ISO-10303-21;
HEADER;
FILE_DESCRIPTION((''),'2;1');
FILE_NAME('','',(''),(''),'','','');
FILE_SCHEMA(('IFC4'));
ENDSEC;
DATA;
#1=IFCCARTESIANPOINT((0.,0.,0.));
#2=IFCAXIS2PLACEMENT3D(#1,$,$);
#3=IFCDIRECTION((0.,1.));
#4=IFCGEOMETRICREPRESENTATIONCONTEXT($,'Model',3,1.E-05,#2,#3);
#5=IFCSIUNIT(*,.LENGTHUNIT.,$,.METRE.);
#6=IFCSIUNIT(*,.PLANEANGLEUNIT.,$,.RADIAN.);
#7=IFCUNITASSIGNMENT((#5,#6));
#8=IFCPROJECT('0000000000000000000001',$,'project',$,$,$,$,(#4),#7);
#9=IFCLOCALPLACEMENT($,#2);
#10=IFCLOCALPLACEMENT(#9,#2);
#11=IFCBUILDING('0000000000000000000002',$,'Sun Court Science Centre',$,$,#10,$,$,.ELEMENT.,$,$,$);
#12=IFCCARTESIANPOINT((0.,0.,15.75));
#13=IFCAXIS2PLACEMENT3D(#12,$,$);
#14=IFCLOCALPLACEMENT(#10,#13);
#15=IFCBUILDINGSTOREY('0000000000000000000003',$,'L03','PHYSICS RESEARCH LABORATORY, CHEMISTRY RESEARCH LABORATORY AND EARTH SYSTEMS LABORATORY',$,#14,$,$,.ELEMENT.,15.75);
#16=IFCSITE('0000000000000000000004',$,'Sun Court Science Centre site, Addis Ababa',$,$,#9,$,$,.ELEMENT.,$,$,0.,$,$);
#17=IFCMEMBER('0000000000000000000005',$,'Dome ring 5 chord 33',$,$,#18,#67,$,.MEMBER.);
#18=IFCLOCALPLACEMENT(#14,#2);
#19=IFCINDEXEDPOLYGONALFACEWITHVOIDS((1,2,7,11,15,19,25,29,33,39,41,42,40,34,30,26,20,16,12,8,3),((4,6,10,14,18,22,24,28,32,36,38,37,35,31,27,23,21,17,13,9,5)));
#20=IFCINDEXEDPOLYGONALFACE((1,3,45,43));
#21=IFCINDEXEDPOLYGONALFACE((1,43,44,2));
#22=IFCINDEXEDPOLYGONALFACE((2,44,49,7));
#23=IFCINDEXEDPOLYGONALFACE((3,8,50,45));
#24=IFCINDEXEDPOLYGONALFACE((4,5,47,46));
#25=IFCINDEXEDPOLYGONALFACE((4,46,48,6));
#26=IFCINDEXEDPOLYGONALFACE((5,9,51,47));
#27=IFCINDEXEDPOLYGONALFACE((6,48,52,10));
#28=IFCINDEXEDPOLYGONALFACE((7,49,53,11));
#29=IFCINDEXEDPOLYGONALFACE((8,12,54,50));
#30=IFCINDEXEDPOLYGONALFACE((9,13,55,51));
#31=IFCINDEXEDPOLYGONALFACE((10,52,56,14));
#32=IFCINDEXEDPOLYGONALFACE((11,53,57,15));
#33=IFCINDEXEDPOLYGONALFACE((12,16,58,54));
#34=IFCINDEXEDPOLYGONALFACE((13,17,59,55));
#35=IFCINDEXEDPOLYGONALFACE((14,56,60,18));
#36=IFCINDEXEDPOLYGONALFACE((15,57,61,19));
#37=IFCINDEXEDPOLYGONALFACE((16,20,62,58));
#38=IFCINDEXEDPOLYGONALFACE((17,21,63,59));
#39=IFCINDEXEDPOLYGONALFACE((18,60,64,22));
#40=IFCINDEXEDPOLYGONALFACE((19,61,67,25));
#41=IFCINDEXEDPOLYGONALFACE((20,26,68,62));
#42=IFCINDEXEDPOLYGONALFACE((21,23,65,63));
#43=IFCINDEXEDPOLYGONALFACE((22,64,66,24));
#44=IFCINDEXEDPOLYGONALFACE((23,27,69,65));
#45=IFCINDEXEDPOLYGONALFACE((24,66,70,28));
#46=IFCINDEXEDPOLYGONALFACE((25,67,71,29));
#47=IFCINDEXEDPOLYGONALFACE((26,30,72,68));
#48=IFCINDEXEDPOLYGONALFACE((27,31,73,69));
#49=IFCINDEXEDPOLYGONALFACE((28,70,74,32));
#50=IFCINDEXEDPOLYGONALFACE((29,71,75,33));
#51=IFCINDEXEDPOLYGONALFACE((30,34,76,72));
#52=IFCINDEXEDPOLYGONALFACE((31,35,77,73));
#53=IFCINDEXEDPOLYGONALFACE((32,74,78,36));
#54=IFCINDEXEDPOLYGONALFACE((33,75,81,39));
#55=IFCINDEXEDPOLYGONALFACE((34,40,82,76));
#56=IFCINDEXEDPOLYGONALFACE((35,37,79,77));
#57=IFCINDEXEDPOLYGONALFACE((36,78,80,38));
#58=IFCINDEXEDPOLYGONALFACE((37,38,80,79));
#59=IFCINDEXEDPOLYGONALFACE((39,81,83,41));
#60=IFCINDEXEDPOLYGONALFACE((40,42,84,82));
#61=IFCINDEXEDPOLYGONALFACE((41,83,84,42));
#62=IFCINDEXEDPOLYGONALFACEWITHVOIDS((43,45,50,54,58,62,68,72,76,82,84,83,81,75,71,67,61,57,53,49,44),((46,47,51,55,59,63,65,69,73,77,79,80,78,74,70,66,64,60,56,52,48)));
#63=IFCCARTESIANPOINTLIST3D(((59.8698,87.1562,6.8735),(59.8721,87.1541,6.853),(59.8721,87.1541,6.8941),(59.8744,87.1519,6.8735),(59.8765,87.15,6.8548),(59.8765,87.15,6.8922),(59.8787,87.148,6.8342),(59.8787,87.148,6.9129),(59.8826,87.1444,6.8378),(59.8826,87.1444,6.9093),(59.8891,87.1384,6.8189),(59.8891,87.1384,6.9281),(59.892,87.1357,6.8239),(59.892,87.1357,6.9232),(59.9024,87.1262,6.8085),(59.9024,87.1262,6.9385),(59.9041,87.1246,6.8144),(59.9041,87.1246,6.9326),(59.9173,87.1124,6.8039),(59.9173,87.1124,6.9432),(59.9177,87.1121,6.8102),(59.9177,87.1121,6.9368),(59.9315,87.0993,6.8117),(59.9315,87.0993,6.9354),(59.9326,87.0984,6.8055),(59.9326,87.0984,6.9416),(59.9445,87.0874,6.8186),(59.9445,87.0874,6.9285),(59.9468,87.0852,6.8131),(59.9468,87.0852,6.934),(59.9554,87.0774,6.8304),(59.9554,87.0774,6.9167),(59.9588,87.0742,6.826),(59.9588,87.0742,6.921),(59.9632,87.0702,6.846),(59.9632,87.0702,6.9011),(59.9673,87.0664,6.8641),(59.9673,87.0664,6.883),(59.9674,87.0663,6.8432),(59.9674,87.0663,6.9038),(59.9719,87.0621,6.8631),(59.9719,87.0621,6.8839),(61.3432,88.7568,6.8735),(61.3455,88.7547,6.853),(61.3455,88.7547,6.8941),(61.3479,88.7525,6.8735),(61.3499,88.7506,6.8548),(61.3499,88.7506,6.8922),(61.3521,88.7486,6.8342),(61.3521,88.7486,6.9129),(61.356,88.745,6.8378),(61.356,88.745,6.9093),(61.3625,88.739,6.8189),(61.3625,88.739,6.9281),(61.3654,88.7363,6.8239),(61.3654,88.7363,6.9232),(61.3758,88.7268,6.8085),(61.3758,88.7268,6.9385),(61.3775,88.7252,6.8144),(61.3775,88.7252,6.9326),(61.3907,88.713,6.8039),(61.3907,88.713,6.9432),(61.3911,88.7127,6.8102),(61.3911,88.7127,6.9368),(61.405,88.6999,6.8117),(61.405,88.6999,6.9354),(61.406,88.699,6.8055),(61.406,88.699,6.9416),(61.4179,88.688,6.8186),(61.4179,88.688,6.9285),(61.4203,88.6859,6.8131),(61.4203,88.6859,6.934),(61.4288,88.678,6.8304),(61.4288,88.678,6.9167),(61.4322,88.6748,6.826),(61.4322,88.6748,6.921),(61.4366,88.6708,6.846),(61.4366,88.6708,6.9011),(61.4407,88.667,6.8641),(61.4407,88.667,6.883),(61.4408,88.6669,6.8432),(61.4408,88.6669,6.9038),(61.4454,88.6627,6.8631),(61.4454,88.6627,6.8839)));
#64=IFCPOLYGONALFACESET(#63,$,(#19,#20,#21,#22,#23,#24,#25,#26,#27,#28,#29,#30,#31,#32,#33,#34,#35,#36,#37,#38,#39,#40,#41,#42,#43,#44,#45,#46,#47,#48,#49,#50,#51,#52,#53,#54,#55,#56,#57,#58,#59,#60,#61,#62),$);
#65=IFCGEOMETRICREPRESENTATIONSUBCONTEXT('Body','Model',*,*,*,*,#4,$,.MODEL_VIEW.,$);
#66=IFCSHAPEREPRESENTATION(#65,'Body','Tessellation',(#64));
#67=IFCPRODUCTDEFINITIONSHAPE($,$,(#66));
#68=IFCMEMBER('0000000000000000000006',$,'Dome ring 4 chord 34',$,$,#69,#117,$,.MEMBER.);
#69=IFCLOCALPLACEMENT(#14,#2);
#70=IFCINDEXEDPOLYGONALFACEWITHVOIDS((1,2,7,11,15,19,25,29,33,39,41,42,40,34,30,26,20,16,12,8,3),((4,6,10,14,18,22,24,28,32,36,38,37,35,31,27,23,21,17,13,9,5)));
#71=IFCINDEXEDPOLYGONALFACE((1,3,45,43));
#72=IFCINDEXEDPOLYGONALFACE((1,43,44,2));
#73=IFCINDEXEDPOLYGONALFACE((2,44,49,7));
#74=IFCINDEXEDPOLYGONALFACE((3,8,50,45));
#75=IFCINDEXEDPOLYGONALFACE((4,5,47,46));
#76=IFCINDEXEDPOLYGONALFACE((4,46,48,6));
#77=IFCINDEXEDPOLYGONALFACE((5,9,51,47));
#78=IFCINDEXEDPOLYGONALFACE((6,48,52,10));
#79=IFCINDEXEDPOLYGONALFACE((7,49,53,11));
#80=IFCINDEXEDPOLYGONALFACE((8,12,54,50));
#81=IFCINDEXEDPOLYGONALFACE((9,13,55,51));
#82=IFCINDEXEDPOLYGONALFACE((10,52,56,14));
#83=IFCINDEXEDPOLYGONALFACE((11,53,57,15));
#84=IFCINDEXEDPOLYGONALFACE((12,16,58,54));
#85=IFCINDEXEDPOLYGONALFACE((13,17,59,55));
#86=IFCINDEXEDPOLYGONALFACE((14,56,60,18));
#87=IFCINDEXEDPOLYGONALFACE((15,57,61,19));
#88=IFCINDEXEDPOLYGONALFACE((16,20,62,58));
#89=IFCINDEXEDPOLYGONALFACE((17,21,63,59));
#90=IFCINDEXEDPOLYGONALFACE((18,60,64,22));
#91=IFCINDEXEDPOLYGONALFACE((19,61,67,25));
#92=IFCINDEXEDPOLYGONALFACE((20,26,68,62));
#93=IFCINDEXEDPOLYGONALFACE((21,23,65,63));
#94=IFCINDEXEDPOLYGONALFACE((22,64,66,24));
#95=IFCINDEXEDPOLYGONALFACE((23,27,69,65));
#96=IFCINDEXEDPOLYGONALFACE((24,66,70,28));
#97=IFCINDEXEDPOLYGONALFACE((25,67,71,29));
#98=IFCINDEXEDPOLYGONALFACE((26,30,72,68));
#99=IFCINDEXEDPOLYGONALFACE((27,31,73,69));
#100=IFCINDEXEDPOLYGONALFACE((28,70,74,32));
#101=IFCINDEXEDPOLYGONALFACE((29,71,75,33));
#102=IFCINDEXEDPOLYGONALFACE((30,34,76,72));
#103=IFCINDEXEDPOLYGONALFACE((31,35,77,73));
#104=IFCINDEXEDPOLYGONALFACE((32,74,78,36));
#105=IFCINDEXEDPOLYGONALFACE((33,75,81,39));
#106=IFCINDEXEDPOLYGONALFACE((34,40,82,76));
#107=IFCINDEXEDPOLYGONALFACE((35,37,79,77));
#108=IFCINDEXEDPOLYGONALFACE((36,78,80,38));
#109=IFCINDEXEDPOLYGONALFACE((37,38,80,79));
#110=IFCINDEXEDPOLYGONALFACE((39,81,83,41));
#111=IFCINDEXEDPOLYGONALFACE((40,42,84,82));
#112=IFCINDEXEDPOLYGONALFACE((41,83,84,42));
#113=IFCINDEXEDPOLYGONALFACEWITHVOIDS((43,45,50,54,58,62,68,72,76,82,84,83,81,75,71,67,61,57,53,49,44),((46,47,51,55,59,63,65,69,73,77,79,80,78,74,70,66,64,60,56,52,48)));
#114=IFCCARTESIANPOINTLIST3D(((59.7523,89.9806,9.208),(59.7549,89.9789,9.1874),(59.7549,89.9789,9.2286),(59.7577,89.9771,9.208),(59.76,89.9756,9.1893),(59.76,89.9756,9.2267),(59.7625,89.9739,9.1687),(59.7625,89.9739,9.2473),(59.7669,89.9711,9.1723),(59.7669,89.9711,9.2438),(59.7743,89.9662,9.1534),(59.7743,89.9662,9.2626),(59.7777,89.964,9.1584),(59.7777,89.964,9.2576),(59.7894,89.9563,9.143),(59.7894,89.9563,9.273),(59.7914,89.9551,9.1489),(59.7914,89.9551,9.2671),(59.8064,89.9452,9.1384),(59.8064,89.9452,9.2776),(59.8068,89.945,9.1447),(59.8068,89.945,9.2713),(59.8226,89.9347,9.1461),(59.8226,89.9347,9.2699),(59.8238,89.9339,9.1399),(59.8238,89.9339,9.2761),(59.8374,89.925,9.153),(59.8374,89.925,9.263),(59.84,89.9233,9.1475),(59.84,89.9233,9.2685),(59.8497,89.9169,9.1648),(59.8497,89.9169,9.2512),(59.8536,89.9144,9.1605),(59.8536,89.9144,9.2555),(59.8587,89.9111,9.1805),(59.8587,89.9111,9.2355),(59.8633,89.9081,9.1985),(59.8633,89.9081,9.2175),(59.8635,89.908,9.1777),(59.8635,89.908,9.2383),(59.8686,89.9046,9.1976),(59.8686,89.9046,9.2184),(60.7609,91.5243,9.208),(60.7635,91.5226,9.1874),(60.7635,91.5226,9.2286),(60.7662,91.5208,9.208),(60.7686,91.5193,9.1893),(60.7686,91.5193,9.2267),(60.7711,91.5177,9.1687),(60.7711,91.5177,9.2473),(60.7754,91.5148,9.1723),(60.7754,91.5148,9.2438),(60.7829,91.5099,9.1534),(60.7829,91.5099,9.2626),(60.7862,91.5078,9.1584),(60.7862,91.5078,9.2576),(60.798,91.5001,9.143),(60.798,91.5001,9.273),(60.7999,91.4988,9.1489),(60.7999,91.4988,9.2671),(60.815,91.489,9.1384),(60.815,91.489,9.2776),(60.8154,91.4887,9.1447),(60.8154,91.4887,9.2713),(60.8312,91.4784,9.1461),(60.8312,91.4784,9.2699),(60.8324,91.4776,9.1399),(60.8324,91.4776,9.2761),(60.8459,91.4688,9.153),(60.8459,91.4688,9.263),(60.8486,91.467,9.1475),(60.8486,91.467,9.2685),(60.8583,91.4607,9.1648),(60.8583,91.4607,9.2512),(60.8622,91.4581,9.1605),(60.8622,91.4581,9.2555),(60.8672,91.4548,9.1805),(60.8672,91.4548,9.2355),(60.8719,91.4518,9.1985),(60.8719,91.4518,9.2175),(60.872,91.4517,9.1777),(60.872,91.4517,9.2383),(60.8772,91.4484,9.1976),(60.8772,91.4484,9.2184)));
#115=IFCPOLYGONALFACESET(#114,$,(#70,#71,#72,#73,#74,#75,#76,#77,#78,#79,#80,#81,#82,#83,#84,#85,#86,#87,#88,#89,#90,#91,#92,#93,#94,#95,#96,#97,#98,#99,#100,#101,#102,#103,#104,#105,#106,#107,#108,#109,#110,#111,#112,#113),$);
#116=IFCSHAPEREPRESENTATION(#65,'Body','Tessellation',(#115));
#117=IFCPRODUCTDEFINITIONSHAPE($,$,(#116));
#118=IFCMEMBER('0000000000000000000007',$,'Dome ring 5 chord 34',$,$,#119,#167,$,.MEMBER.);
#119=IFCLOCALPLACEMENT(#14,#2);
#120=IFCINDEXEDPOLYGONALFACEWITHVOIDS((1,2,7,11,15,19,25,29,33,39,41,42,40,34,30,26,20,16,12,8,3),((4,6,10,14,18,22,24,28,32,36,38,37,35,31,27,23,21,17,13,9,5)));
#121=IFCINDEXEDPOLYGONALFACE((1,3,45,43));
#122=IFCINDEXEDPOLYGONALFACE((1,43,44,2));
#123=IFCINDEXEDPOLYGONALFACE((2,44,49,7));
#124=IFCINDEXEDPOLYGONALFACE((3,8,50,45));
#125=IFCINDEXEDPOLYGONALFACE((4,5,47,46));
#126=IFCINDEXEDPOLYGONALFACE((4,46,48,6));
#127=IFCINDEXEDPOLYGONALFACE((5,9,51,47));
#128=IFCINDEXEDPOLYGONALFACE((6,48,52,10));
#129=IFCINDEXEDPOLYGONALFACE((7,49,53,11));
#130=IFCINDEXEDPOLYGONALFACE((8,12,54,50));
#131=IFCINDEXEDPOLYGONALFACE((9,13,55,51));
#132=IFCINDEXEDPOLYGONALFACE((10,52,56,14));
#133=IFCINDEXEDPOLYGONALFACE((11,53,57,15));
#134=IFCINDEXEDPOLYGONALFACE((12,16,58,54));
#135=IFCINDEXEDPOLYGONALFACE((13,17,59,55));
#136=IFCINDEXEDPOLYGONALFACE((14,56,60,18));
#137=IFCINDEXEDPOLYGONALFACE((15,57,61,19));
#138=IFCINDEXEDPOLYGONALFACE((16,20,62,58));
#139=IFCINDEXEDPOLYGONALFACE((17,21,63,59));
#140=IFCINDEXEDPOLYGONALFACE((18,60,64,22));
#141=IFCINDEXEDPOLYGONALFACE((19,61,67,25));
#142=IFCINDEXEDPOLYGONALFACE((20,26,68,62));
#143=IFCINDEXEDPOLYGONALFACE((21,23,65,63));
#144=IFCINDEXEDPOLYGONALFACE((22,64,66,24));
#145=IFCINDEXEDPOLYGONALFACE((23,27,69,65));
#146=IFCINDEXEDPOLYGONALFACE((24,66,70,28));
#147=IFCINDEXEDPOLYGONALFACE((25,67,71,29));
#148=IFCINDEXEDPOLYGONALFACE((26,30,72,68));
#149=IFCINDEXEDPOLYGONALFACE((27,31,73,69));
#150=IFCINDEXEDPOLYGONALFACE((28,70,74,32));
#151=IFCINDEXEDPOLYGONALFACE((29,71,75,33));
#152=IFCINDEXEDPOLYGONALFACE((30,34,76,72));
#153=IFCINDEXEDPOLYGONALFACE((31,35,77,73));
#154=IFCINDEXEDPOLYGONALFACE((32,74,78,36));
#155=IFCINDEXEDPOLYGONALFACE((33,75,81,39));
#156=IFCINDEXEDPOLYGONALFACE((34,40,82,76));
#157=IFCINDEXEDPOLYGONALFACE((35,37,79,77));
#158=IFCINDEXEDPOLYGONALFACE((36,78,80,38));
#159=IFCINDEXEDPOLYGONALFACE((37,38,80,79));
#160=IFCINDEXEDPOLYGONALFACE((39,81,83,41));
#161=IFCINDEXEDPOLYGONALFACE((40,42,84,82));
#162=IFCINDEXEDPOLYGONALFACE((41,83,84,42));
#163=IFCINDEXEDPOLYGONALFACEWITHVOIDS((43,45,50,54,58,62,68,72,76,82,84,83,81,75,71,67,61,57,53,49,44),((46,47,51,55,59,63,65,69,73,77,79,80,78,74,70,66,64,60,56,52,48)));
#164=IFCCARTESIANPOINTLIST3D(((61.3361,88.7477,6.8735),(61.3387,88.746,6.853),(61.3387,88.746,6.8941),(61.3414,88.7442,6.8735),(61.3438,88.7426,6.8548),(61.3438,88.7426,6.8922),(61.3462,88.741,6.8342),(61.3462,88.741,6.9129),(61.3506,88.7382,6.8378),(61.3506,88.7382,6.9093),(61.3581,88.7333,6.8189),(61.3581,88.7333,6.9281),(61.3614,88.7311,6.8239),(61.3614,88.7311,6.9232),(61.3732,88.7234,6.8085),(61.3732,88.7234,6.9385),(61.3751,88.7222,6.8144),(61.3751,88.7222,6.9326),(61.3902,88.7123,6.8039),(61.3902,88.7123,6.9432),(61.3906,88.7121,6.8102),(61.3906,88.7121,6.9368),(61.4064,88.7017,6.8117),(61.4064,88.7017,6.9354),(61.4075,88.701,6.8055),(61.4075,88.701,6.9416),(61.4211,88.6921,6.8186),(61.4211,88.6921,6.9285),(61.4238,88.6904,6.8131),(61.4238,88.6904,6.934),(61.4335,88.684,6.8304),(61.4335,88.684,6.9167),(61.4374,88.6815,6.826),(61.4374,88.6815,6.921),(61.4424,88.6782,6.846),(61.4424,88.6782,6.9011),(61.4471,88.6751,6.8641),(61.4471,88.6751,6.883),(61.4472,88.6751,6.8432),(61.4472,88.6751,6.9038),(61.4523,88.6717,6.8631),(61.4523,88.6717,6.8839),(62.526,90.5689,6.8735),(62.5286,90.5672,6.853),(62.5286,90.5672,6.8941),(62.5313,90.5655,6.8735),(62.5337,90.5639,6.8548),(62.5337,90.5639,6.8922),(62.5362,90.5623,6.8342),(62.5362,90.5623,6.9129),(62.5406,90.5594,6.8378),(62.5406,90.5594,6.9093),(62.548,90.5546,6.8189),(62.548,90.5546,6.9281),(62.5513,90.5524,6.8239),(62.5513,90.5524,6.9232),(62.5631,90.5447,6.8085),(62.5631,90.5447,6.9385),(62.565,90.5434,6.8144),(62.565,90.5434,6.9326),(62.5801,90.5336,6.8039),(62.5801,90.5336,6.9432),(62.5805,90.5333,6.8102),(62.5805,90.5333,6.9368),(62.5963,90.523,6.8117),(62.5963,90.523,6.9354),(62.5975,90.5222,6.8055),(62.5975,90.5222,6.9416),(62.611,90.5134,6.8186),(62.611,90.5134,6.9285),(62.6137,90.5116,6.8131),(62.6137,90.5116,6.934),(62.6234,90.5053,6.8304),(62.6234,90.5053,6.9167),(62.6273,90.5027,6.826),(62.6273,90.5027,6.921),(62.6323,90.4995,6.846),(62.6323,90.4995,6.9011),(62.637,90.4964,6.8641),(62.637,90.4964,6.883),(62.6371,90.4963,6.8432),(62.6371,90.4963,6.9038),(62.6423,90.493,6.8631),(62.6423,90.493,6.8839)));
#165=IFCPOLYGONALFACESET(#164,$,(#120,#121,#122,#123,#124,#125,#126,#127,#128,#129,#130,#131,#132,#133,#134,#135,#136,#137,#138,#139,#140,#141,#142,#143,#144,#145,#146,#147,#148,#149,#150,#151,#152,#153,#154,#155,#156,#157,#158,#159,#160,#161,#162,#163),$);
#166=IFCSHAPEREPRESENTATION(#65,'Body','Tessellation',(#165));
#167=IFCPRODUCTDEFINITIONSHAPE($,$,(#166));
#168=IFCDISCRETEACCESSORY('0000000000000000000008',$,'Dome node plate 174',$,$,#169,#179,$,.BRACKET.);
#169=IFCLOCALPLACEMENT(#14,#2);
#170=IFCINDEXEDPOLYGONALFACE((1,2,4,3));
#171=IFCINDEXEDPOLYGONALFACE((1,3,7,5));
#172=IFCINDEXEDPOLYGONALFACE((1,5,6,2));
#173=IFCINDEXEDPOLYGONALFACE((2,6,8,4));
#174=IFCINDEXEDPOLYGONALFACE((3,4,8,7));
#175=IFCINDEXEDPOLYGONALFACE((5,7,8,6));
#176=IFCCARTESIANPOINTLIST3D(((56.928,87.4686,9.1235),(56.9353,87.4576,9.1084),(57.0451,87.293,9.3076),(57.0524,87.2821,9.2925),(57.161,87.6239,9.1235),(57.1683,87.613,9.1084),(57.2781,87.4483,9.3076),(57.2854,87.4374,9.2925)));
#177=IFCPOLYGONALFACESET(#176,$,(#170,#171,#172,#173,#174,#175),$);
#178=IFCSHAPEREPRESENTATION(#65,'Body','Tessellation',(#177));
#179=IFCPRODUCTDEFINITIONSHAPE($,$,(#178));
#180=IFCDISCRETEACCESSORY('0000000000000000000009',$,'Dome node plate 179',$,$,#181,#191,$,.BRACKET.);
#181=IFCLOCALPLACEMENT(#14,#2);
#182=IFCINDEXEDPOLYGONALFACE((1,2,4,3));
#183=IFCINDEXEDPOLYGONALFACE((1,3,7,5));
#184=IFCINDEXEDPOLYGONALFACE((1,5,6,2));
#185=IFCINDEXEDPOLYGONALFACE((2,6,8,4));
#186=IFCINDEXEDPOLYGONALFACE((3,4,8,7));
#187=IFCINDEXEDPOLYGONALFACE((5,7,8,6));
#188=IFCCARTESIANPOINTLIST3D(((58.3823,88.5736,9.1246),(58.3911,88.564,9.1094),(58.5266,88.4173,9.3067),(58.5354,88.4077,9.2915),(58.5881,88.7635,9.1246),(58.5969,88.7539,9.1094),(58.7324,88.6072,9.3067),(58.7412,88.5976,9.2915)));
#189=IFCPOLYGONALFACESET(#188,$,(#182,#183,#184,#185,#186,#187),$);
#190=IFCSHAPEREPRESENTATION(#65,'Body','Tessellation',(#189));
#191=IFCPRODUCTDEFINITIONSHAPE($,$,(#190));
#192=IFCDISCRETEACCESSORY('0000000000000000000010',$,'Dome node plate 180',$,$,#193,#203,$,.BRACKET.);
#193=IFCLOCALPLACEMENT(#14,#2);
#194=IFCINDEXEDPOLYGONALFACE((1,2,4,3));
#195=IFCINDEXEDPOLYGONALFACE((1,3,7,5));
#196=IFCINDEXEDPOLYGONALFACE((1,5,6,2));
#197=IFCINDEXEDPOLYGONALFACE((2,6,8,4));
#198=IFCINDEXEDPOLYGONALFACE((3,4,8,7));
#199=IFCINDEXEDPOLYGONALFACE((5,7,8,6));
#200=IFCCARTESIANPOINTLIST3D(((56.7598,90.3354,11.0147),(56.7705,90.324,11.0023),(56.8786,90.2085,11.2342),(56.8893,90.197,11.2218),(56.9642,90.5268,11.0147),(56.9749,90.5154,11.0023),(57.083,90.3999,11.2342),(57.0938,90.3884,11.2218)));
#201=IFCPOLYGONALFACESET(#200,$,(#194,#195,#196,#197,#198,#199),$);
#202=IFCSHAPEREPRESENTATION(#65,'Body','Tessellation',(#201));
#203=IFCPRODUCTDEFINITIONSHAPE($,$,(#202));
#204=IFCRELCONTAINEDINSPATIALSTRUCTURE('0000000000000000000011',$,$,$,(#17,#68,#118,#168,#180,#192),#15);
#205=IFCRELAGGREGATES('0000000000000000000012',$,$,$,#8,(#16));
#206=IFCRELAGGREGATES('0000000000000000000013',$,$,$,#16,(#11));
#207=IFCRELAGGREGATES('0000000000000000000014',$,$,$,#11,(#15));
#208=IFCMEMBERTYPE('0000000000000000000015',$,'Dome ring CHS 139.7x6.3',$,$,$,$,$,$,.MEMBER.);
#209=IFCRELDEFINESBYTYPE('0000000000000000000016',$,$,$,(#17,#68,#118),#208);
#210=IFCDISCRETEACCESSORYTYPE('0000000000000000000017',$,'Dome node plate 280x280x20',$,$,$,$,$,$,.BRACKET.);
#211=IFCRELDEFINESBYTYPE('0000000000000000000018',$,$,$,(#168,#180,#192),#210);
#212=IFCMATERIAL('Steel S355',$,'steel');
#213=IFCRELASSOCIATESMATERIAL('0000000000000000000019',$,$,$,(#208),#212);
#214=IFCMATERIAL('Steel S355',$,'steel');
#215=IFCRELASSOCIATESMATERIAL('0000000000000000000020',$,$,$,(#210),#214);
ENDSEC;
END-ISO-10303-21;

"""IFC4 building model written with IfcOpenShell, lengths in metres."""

from ifc_helpers import new_model, si_unit, direction, frame, origin, origin_2d, place, context, subcontext, project, spatial, rectangle, hollow_circle, extrude, material, material_profile, profile_set, type_object, element, save


model = new_model("IFC4")

# Units and contexts
model_context = context("Model", 3, precision=1e-05, world=origin(), true_north=direction((0.0, 1.0)))
body_context = subcontext(model_context, "Body", "Model", "MODEL_VIEW")
ifc_project = project(units=[si_unit("LENGTHUNIT", "METRE"), si_unit("PLANEANGLEUNIT", "RADIAN")], contexts=[model_context])

# Site, building, storey
site_placement = place(None, origin())
site = spatial("IfcSite", under=ifc_project, at=site_placement, Name="Sun Court Science Centre site, Addis Ababa", CompositionType="ELEMENT", RefElevation=0.0)
building_placement = place(site_placement, origin())
building = spatial("IfcBuilding", under=site, at=building_placement, Name="Sun Court Science Centre", CompositionType="ELEMENT")
storey_placement = place(building_placement, frame((0.0, 0.0, 15.75)))
storey = spatial("IfcBuildingStorey", under=building, at=storey_placement, Name="L03", Description="PHYSICS RESEARCH LABORATORY, CHEMISTRY RESEARCH LABORATORY AND EARTH SYSTEMS LABORATORY", CompositionType="ELEMENT", Elevation=15.75)

# Members
ifc_material_1 = material(Name="Steel S355", Category="steel")
ifc_material_profile_1 = material_profile(ifc_material_1, hollow_circle(Radius=0.0698, WallThickness=0.0063, at=origin_2d()), Name="CHS 139.7x6.3")
ifc_profile_set_1 = profile_set([ifc_material_profile_1], Name="Steel S355")
member_type_1 = type_object("IfcMemberType", Name="Dome ring CHS 139.7x6.3", PredefinedType="MEMBER", material=ifc_profile_set_1)
member_1_placement = place(storey_placement, frame((59.9211, 87.1089, 6.8735), z_axis=(0.677268, 0.735736, 0.0), x_axis=(-0.735736, 0.677268, 0.0)))
element("IfcMember", 1, at=member_1_placement, inside=storey, type_object=member_type_1, Name="Dome ring 5 chord 33", PredefinedType="MEMBER", context=body_context, shape_type="SweptSolid", body=[
    extrude(hollow_circle(Radius=0.0698, WallThickness=0.0063, at=origin_2d()), origin(), (0.0, 0.0, 1.0), 2.1755),
])
member_2_placement = place(storey_placement, frame((59.8108, 89.9424, 9.208), z_axis=(0.546946, 0.837168, 0.0), x_axis=(-0.837168, 0.546946, 0.0)))
element("IfcMember", 2, at=member_2_placement, inside=storey, type_object=member_type_1, Name="Dome ring 4 chord 34", PredefinedType="MEMBER", context=body_context, shape_type="SweptSolid", body=[
    extrude(hollow_circle(Radius=0.0698, WallThickness=0.0063, at=origin_2d()), origin(), (0.0, 0.0, 1.0), 1.844),
])
member_3_placement = place(storey_placement, frame((61.3945, 88.7095, 6.8735), z_axis=(0.546959, 0.837159, 0.0), x_axis=(-0.837159, 0.546959, 0.0)))
element("IfcMember", 3, at=member_3_placement, inside=storey, type_object=member_type_1, Name="Dome ring 5 chord 34", PredefinedType="MEMBER", context=body_context, shape_type="SweptSolid", body=[
    extrude(hollow_circle(Radius=0.0698, WallThickness=0.0063, at=origin_2d()), origin(), (0.0, 0.0, 1.0), 2.1755),
])

# Discrete accessories
ifc_material_2 = material(Name="Steel S355", Category="steel")
ifc_material_profile_2 = material_profile(ifc_material_2, rectangle(XDim=0.28, YDim=0.28, at=origin_2d()), Name="PL 280x280")
ifc_profile_set_2 = profile_set([ifc_material_profile_2], Name="Steel S355")
discrete_accessory_type = type_object("IfcDiscreteAccessoryType", Name="Dome node plate 280x280x20", PredefinedType="BRACKET", material=ifc_profile_set_2)
for number, where, z_axis, x_axis, name in (
    (4, (57.1104, 87.4475, 9.2004), (-0.364636, 0.546953, 0.75358), (-0.83205, -0.5547, 0.0), "Dome node plate 174"),
    (5, (58.5662, 88.5808, 9.2004), (-0.441096, 0.477854, 0.759665), (-0.734803, -0.67828, 0.0), "Dome node plate 179"),
    (6, (56.9321, 90.3562, 11.1121), (-0.53571, 0.572235, 0.620936), (-0.730021, -0.683424, 0.0), "Dome node plate 180"),
):
    element("IfcDiscreteAccessory", number, at=place(storey_placement, frame(where, z_axis=z_axis, x_axis=x_axis)), inside=storey, type_object=discrete_accessory_type, Name=name, PredefinedType="BRACKET", context=body_context, shape_type="SweptSolid", body=[
        extrude(rectangle(XDim=0.28, YDim=0.28, at=origin_2d()), origin(), (0.0, 0.0, 1.0), 0.02),
    ])

save(model, "model.ifc")
